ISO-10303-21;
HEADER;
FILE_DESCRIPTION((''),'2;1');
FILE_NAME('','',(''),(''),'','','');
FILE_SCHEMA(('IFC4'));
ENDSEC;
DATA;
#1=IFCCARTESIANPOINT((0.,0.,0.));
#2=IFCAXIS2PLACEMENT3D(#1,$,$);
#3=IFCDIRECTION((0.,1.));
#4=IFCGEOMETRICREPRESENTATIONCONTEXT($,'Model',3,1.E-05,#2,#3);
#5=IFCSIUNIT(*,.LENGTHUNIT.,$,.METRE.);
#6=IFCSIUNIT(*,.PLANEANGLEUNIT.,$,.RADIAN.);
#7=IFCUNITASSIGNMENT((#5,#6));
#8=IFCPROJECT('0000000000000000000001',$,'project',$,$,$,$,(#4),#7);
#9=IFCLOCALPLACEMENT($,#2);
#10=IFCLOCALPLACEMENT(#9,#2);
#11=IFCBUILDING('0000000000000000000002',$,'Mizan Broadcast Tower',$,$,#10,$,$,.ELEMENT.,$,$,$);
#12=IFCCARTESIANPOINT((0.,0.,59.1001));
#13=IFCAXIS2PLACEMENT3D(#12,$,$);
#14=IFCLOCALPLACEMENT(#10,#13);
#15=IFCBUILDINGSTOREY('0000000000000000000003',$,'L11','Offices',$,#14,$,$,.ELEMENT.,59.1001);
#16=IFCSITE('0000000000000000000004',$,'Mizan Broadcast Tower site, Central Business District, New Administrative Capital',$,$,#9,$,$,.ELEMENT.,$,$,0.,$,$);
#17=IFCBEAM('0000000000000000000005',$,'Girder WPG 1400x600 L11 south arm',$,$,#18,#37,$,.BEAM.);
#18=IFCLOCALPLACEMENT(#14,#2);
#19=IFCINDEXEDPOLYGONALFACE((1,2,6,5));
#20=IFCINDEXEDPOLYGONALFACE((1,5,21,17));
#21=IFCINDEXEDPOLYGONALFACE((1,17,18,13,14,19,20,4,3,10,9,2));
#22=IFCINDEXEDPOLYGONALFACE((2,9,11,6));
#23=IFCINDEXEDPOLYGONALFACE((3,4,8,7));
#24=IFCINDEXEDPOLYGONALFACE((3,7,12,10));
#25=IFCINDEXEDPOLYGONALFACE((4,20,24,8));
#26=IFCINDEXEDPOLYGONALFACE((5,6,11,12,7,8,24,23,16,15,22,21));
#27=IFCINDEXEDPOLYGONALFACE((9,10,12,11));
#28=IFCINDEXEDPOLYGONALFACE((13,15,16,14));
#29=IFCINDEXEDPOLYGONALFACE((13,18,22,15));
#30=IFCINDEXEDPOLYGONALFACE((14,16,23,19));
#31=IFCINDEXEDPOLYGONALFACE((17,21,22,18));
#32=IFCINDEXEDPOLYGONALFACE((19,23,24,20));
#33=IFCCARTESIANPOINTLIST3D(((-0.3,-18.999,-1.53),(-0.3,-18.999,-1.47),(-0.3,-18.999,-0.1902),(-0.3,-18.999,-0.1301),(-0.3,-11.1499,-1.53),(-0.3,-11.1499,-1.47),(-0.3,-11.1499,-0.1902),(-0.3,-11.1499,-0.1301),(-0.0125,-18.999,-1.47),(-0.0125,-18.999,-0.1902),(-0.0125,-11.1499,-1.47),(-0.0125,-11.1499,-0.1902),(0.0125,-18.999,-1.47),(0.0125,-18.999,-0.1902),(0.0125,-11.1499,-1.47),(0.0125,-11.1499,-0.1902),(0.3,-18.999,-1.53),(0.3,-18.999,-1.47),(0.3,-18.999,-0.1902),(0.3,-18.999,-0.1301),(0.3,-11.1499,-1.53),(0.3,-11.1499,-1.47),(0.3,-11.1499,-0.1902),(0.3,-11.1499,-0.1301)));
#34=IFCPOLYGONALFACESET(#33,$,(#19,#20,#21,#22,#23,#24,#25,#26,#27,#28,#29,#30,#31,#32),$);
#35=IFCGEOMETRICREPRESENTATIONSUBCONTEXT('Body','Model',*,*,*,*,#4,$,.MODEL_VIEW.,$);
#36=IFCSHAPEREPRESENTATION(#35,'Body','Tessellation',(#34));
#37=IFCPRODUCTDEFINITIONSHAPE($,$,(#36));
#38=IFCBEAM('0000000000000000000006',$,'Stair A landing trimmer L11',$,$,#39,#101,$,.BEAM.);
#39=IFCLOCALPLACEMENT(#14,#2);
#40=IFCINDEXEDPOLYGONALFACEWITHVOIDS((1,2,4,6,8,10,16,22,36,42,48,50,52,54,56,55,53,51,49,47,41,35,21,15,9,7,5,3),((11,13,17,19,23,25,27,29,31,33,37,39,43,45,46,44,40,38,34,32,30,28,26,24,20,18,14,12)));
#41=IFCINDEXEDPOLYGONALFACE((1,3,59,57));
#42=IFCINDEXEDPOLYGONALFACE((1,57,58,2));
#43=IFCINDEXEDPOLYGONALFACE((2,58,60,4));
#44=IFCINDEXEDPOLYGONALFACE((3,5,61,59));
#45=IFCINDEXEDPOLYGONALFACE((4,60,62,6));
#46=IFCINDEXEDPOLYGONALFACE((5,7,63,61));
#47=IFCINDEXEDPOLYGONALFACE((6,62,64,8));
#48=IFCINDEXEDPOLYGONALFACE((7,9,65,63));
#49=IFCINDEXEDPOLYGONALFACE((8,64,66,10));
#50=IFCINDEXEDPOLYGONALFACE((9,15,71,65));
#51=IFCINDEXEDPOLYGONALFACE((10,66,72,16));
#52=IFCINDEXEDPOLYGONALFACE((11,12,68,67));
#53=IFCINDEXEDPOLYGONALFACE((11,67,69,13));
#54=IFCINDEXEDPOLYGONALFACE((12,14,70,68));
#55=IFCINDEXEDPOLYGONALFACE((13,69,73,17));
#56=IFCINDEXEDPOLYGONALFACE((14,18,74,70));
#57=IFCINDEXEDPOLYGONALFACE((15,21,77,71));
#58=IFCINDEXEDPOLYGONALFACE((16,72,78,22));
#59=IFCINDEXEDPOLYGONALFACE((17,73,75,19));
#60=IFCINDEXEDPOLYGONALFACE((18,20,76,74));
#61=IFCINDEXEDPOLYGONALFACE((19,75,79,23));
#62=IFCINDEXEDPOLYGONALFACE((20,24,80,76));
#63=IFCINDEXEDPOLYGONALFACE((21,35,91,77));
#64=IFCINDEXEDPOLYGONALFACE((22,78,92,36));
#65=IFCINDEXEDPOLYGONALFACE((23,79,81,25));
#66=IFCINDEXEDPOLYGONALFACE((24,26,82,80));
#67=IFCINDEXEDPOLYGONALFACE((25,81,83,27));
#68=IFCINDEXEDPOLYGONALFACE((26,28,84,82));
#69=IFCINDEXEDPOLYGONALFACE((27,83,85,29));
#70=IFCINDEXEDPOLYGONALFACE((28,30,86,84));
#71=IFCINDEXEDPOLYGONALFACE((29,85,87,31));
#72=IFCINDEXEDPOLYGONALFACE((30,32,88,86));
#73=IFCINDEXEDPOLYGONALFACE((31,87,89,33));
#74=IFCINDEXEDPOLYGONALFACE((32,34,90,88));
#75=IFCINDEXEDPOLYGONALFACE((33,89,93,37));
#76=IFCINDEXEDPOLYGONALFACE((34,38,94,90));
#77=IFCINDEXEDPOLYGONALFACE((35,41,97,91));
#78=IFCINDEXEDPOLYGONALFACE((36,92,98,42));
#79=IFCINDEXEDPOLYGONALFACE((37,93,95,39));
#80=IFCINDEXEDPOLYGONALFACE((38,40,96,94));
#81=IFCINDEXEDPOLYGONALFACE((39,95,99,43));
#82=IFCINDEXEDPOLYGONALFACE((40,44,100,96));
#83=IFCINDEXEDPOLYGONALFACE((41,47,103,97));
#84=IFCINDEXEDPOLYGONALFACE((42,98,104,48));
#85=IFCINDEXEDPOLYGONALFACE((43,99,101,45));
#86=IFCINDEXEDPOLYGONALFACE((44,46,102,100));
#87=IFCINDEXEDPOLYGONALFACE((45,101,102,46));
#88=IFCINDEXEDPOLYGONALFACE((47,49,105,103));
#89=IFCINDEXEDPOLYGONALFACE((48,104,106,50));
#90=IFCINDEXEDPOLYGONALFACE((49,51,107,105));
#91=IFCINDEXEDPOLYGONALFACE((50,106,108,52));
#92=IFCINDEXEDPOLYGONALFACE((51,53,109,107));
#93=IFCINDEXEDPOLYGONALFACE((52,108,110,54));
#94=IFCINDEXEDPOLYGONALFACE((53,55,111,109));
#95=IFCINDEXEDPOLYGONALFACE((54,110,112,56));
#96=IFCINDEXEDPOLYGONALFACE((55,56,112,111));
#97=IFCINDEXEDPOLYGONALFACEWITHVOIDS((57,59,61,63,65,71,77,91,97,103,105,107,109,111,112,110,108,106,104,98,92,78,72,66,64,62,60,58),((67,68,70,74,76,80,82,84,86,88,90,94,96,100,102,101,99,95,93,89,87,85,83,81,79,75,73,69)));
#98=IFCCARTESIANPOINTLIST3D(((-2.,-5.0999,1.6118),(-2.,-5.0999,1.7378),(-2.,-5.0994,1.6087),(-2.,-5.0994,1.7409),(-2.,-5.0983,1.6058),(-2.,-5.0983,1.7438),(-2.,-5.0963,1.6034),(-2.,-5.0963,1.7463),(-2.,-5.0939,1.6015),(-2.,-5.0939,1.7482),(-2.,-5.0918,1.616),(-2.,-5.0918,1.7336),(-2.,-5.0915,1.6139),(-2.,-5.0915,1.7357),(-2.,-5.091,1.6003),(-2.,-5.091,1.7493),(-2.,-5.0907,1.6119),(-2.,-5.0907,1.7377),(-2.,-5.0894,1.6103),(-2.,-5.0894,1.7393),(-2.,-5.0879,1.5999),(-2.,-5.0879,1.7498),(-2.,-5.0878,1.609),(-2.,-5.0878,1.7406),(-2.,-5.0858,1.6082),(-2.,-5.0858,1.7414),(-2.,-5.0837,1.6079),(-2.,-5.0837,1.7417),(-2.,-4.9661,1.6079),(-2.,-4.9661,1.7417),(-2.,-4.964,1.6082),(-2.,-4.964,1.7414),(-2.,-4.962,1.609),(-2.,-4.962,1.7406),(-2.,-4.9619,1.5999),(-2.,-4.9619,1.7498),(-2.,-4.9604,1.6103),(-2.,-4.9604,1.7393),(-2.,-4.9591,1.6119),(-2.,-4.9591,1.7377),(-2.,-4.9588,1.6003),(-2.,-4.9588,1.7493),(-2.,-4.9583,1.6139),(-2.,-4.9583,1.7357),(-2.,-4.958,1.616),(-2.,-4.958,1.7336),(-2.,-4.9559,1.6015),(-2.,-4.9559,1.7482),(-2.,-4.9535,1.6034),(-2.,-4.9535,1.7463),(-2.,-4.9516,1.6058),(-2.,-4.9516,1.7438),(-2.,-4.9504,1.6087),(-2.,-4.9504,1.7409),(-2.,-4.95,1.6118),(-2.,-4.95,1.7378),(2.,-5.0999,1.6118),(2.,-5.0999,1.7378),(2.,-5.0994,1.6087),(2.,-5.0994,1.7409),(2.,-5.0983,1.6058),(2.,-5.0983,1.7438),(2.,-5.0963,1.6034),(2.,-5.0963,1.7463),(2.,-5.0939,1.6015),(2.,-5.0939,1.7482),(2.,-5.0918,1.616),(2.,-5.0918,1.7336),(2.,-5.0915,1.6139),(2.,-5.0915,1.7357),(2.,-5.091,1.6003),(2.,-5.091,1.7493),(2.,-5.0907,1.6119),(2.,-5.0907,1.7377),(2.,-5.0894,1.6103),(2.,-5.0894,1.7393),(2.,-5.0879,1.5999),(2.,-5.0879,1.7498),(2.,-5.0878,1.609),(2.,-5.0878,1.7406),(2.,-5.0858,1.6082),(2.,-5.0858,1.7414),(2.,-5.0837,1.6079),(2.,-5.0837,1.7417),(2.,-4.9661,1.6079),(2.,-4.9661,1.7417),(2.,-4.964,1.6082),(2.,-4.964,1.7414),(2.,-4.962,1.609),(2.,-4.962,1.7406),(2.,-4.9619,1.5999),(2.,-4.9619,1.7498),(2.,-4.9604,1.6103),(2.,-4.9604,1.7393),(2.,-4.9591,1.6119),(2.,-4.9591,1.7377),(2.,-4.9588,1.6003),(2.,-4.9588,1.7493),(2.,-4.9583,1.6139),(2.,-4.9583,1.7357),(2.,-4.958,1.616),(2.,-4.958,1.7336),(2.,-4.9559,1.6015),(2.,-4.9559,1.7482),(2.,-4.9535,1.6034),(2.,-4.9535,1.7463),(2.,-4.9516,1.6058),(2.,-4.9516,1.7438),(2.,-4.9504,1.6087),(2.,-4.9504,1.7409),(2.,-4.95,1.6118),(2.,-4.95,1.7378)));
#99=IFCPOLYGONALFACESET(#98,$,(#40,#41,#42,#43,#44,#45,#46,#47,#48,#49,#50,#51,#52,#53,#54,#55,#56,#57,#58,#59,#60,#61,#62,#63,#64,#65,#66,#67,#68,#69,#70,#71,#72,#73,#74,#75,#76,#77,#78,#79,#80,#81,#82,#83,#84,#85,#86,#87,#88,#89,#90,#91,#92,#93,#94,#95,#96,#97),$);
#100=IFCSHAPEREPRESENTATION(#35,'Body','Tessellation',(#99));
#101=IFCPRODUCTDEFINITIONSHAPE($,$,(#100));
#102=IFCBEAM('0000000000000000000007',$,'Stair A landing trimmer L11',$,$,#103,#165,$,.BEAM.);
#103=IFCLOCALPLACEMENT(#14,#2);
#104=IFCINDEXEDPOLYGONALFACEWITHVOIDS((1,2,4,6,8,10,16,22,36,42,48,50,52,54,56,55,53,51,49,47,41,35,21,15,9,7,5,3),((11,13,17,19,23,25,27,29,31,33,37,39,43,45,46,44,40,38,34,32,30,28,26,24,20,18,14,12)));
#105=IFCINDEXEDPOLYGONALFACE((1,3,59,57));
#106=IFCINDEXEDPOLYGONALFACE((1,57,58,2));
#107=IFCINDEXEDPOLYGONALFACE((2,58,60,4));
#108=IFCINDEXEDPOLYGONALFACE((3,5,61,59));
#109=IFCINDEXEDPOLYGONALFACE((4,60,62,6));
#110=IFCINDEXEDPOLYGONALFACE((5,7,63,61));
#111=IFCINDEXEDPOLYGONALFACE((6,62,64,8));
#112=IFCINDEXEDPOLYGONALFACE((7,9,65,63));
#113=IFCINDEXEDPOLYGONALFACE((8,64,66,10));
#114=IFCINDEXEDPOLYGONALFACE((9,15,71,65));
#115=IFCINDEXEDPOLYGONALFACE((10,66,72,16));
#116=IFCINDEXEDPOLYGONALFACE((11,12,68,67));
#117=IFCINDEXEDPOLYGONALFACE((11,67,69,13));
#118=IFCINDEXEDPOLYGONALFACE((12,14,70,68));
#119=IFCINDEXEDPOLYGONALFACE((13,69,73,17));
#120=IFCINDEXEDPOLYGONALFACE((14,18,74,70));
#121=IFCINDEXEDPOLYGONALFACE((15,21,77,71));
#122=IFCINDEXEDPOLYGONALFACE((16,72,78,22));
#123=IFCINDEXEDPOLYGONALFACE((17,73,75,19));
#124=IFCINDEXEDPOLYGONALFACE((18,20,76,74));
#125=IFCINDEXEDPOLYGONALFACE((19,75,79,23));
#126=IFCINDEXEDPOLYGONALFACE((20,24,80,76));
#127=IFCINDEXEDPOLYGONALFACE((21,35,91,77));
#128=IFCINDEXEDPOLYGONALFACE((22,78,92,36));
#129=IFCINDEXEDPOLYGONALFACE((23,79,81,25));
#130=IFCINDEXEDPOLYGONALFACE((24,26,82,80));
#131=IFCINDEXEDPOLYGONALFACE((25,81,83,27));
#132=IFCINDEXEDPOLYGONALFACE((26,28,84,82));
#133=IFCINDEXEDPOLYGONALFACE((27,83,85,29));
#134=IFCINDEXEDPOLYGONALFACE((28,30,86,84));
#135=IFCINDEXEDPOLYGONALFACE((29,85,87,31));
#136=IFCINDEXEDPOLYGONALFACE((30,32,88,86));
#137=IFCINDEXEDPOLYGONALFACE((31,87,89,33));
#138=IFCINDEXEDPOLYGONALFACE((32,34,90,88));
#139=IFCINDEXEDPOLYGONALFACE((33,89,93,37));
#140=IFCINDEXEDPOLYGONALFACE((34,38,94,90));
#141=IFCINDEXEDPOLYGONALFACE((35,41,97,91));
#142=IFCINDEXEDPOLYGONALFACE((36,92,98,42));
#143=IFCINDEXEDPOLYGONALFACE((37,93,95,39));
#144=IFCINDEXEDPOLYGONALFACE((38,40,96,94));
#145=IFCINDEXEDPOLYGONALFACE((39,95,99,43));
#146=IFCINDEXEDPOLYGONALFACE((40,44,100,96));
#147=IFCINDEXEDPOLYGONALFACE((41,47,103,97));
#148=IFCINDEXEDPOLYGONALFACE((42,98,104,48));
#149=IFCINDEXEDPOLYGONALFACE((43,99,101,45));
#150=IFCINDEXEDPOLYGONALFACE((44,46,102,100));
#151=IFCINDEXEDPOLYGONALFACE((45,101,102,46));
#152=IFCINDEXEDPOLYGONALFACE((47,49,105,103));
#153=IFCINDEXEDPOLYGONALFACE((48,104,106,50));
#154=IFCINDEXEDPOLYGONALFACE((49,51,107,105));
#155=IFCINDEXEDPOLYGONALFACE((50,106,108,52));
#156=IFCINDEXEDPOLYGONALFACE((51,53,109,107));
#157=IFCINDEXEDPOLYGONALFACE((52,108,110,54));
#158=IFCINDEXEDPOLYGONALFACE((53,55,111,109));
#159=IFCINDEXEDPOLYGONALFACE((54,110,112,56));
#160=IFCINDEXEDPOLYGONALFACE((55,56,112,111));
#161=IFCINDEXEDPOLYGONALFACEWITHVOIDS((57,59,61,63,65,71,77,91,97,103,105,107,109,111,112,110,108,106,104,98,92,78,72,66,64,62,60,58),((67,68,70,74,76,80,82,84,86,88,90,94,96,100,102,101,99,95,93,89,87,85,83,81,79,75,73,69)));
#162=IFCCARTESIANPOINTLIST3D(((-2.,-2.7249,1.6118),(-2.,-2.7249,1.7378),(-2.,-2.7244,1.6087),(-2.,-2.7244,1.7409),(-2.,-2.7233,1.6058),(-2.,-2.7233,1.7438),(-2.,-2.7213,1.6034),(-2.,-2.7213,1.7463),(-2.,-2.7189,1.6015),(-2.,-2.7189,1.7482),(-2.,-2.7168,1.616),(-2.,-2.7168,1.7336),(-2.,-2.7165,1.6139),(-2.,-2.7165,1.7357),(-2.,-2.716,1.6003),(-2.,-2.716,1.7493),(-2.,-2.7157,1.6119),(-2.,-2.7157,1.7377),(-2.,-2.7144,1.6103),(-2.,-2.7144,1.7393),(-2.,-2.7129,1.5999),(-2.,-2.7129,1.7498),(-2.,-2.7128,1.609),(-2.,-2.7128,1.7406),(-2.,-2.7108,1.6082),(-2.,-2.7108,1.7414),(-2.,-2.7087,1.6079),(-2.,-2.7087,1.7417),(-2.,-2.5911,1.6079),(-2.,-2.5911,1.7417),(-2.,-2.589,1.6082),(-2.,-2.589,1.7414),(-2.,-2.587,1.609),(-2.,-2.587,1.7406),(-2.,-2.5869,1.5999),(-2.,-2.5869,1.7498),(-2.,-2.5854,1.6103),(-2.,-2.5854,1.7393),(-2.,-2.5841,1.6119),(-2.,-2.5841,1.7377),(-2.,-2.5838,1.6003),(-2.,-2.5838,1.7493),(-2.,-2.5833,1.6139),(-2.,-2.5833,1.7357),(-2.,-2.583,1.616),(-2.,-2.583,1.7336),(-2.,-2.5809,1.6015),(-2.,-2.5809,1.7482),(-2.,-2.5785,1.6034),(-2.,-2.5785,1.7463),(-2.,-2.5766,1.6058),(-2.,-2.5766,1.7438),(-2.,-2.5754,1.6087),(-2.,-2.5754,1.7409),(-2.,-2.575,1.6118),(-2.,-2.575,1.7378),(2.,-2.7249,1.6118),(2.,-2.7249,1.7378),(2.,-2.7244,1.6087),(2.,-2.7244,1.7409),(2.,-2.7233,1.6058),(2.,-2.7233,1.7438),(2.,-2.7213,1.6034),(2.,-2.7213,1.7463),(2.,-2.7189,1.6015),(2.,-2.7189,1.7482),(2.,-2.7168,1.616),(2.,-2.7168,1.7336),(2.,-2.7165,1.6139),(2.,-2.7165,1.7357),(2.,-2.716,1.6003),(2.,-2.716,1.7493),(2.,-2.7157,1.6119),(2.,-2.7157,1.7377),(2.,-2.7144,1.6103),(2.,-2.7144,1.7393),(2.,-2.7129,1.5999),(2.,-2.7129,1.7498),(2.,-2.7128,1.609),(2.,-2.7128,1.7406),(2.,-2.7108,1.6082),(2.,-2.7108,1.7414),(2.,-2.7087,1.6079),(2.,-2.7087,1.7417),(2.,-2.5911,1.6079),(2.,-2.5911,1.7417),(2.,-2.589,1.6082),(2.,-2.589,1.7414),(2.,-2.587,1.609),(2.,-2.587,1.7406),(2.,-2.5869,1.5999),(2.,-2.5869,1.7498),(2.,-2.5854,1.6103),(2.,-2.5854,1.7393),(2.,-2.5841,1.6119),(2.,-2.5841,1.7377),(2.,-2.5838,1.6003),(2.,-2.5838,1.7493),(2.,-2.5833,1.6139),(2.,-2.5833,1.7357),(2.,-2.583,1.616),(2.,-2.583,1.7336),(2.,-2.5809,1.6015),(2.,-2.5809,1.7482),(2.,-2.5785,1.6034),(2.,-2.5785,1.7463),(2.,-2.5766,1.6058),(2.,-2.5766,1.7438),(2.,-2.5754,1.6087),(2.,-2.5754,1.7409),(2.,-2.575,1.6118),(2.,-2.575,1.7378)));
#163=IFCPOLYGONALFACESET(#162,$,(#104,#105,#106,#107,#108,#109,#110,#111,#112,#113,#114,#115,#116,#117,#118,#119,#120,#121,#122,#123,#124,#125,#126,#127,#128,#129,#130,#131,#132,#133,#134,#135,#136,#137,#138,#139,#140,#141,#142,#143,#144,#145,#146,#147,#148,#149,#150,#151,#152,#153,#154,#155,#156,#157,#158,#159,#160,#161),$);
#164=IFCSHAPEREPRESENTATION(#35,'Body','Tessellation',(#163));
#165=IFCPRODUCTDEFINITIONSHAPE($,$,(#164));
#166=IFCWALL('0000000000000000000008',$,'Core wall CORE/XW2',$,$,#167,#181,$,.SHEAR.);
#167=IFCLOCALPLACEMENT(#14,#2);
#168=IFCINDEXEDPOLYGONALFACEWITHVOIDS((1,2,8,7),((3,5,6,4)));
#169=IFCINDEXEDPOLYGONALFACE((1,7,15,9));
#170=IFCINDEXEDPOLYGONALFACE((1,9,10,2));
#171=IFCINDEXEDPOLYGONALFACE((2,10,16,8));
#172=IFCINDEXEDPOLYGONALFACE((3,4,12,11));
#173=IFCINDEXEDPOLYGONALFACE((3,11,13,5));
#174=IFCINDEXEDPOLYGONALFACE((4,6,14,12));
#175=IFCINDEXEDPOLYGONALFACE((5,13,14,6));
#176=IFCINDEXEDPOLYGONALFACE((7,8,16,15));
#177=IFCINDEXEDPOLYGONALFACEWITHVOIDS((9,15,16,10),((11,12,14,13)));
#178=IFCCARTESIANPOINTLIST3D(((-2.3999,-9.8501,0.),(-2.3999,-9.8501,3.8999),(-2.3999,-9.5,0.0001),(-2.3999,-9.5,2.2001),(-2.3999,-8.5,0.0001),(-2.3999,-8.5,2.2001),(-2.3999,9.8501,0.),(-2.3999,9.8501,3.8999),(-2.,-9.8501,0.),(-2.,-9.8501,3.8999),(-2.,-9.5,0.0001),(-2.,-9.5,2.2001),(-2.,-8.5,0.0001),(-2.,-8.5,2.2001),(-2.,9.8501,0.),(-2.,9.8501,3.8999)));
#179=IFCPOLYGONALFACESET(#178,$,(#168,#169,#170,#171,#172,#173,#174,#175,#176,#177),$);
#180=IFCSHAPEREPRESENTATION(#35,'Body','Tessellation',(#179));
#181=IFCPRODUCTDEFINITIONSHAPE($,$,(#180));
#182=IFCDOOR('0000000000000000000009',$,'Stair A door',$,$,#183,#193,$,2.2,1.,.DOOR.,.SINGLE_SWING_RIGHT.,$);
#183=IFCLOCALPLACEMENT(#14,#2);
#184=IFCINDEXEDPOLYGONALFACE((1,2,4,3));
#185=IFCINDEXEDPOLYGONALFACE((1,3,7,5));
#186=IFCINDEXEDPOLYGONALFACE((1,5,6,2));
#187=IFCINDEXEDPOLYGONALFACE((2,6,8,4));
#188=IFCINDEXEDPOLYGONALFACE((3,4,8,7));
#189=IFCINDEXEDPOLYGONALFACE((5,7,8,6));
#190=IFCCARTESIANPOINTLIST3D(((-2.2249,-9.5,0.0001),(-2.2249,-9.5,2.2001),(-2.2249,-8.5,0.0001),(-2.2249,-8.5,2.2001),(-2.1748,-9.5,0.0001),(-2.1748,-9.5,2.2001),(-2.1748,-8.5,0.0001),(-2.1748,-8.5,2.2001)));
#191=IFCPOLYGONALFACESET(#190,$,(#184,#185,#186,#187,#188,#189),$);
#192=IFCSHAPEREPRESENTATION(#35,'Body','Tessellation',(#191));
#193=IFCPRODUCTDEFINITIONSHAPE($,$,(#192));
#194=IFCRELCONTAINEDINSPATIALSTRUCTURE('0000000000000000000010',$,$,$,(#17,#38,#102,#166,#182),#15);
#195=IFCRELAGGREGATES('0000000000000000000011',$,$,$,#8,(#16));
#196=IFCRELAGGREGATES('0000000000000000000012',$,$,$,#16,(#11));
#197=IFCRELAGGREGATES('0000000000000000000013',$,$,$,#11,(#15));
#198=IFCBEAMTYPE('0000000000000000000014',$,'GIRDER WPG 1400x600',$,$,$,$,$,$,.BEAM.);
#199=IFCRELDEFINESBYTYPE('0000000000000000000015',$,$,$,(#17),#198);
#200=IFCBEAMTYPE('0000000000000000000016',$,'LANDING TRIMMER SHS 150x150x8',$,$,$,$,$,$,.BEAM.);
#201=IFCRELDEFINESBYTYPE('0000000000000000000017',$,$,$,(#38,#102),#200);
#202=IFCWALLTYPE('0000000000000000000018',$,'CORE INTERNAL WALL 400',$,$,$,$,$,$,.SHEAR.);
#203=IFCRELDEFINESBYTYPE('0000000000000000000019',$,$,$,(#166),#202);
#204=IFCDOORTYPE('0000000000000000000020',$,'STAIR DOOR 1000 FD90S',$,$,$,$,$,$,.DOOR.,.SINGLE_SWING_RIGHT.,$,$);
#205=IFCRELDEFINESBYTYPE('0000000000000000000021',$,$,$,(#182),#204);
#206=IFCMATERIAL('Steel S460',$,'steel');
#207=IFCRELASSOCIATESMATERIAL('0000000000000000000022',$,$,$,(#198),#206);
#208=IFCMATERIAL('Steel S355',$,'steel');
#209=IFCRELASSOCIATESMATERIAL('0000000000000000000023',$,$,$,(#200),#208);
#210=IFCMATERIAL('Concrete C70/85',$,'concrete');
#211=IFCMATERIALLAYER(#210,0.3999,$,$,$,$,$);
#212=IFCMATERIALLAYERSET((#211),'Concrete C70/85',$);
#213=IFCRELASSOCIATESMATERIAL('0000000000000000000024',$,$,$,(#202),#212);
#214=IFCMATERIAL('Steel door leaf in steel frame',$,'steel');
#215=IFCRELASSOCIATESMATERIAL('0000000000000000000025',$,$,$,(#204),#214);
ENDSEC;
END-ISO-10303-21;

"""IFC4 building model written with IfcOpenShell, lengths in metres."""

from ifc_helpers import new_model, si_unit, direction, frame, frame_2d, origin, origin_2d, place, context, subcontext, project, spatial, rectangle, hollow_rectangle, i_section, extrude, material, layer, layer_set, material_profile, profile_set, type_object, element, fill, save


model = new_model("IFC4")

# Units and contexts
model_context = context("Model", 3, precision=1e-05, world=origin(), true_north=direction((0.0, 1.0)))
body_context = subcontext(model_context, "Body", "Model", "MODEL_VIEW")
ifc_project = project(units=[si_unit("LENGTHUNIT", "METRE"), si_unit("PLANEANGLEUNIT", "RADIAN")], contexts=[model_context])

# Site, building, storey
site_placement = place(None, origin())
site = spatial("IfcSite", under=ifc_project, at=site_placement, Name="Mizan Broadcast Tower site, Central Business District, New Administrative Capital", CompositionType="ELEMENT", RefElevation=0.0)
building_placement = place(site_placement, origin())
building = spatial("IfcBuilding", under=site, at=building_placement, Name="Mizan Broadcast Tower", CompositionType="ELEMENT")
storey_placement = place(building_placement, frame((0.0, 0.0, 59.1001)))
storey = spatial("IfcBuildingStorey", under=building, at=storey_placement, Name="L11", Description="Offices", CompositionType="ELEMENT", Elevation=59.1001)

# Beams
ifc_material_1 = material(Name="Steel S460", Category="steel")
ifc_material_profile_1 = material_profile(ifc_material_1, i_section(OverallWidth=0.6001, OverallDepth=1.3999, WebThickness=0.0249, FlangeThickness=0.0601, at=origin_2d()), Name="WPG 1400x600")
ifc_profile_set_1 = profile_set([ifc_material_profile_1], Name="Steel S460")
beam_type_1 = type_object("IfcBeamType", Name="GIRDER WPG 1400x600", PredefinedType="BEAM", material=ifc_profile_set_1)
beam_placement = place(storey_placement, frame((0.0, -11.1499, -0.8301), z_axis=(0.0, -1.0, 0.0), x_axis=(1.0, 0.0, 0.0)))
element("IfcBeam", 1, at=beam_placement, inside=storey, type_object=beam_type_1, Name="Girder WPG 1400x600 L11 south arm", PredefinedType="BEAM", context=body_context, shape_type="SweptSolid", body=[
    extrude(i_section(OverallWidth=0.6001, OverallDepth=1.3999, WebThickness=0.0249, FlangeThickness=0.0601, at=origin_2d()), origin(), (0.0, 0.0, 1.0), 7.8491),
])
ifc_material_2 = material(Name="Steel S355", Category="steel")
ifc_material_profile_2 = material_profile(ifc_material_2, hollow_rectangle(XDim=0.1499, YDim=0.1499, WallThickness=0.0081, InnerFilletRadius=0.0081, OuterFilletRadius=0.012, at=origin_2d()), Name="SHS 150x150x8")
ifc_profile_set_2 = profile_set([ifc_material_profile_2], Name="Steel S355")
beam_type_2 = type_object("IfcBeamType", Name="LANDING TRIMMER SHS 150x150x8", PredefinedType="BEAM", material=ifc_profile_set_2)
for number, where, z_axis, x_axis, name in (
    (2, (-2.0, -5.0249, 1.6748), (1.0, 0.0, 0.0), (0.0, 1.0, 0.0), "Stair A landing trimmer L11"),
    (3, (-2.0, -2.6499, 1.6748), (1.0, 0.0, 0.0), (0.0, 1.0, 0.0), "Stair A landing trimmer L11"),
):
    element("IfcBeam", number, at=place(storey_placement, frame(where, z_axis=z_axis, x_axis=x_axis)), inside=storey, type_object=beam_type_2, Name=name, PredefinedType="BEAM", context=body_context, shape_type="SweptSolid", body=[
        extrude(hollow_rectangle(XDim=0.1499, YDim=0.1499, WallThickness=0.0081, InnerFilletRadius=0.0081, OuterFilletRadius=0.012, at=origin_2d()), origin(), (0.0, 0.0, 1.0), 4.0),
    ])

# Wall, opening, door
ifc_material_3 = material(Name="Concrete C70/85", Category="concrete")
ifc_layer_1 = layer(ifc_material_3, 0.3999)
ifc_layer_set_1 = layer_set([ifc_layer_1], Name="Concrete C70/85")
wall_type_1 = type_object("IfcWallType", Name="CORE INTERNAL WALL 400", PredefinedType="SHEAR", material=ifc_layer_set_1)
wall_1_placement = place(storey_placement, frame((-2.2, -9.8501, 0.0), z_axis=(0.0, 0.0, 1.0), x_axis=(0.0, 1.0, 0.0)))
wall_1 = element("IfcWall", 4, at=wall_1_placement, inside=storey, type_object=wall_type_1, Name="Core wall CORE/XW2", PredefinedType="SHEAR", context=body_context, shape_type="SweptSolid", body=[
    extrude(rectangle(XDim=19.7002, YDim=0.3999, at=frame_2d((9.8501, 0.0))), origin(), (0.0, 0.0, 1.0), 3.8999),
])
opening_1_placement = place(wall_1_placement, frame((0.3501, 0.0, 0.0)))
opening_1 = element("IfcOpeningElement", 5, at=opening_1_placement, cuts=wall_1, PredefinedType="OPENING", context=body_context, shape_type="SweptSolid", body=[
    extrude(rectangle(XDim=1.0, YDim=2.2, at=frame_2d((0.5, 1.1001))), frame((0.0, 0.21, 0.0), z_axis=(0.0, -1.0, 0.0), x_axis=(1.0, 0.0, 0.0)), (0.0, 0.0, 1.0), 0.4199),
])
ifc_material_4 = material(Name="Steel door leaf in steel frame", Category="steel")
door_type_1 = type_object("IfcDoorType", Name="STAIR DOOR 1000 FD90S", OperationType="SINGLE_SWING_RIGHT", PredefinedType="DOOR", material=ifc_material_4)
door_1_placement = place(opening_1_placement, origin())
door_1 = element("IfcDoor", 6, at=door_1_placement, inside=storey, type_object=door_type_1, Name="Stair A door", OperationType="SINGLE_SWING_RIGHT", OverallHeight=2.2, OverallWidth=1.0, PredefinedType="DOOR", context=body_context, shape_type="SweptSolid", body=[
    extrude(rectangle(XDim=1.0, YDim=2.2, at=frame_2d((0.5, 1.1001))), frame((0.0, 0.0249, 0.0), z_axis=(0.0, -1.0, 0.0), x_axis=(1.0, 0.0, 0.0)), (0.0, 0.0, 1.0), 0.05),
])
fill(opening_1, door_1)

save(model, "model.ifc")
